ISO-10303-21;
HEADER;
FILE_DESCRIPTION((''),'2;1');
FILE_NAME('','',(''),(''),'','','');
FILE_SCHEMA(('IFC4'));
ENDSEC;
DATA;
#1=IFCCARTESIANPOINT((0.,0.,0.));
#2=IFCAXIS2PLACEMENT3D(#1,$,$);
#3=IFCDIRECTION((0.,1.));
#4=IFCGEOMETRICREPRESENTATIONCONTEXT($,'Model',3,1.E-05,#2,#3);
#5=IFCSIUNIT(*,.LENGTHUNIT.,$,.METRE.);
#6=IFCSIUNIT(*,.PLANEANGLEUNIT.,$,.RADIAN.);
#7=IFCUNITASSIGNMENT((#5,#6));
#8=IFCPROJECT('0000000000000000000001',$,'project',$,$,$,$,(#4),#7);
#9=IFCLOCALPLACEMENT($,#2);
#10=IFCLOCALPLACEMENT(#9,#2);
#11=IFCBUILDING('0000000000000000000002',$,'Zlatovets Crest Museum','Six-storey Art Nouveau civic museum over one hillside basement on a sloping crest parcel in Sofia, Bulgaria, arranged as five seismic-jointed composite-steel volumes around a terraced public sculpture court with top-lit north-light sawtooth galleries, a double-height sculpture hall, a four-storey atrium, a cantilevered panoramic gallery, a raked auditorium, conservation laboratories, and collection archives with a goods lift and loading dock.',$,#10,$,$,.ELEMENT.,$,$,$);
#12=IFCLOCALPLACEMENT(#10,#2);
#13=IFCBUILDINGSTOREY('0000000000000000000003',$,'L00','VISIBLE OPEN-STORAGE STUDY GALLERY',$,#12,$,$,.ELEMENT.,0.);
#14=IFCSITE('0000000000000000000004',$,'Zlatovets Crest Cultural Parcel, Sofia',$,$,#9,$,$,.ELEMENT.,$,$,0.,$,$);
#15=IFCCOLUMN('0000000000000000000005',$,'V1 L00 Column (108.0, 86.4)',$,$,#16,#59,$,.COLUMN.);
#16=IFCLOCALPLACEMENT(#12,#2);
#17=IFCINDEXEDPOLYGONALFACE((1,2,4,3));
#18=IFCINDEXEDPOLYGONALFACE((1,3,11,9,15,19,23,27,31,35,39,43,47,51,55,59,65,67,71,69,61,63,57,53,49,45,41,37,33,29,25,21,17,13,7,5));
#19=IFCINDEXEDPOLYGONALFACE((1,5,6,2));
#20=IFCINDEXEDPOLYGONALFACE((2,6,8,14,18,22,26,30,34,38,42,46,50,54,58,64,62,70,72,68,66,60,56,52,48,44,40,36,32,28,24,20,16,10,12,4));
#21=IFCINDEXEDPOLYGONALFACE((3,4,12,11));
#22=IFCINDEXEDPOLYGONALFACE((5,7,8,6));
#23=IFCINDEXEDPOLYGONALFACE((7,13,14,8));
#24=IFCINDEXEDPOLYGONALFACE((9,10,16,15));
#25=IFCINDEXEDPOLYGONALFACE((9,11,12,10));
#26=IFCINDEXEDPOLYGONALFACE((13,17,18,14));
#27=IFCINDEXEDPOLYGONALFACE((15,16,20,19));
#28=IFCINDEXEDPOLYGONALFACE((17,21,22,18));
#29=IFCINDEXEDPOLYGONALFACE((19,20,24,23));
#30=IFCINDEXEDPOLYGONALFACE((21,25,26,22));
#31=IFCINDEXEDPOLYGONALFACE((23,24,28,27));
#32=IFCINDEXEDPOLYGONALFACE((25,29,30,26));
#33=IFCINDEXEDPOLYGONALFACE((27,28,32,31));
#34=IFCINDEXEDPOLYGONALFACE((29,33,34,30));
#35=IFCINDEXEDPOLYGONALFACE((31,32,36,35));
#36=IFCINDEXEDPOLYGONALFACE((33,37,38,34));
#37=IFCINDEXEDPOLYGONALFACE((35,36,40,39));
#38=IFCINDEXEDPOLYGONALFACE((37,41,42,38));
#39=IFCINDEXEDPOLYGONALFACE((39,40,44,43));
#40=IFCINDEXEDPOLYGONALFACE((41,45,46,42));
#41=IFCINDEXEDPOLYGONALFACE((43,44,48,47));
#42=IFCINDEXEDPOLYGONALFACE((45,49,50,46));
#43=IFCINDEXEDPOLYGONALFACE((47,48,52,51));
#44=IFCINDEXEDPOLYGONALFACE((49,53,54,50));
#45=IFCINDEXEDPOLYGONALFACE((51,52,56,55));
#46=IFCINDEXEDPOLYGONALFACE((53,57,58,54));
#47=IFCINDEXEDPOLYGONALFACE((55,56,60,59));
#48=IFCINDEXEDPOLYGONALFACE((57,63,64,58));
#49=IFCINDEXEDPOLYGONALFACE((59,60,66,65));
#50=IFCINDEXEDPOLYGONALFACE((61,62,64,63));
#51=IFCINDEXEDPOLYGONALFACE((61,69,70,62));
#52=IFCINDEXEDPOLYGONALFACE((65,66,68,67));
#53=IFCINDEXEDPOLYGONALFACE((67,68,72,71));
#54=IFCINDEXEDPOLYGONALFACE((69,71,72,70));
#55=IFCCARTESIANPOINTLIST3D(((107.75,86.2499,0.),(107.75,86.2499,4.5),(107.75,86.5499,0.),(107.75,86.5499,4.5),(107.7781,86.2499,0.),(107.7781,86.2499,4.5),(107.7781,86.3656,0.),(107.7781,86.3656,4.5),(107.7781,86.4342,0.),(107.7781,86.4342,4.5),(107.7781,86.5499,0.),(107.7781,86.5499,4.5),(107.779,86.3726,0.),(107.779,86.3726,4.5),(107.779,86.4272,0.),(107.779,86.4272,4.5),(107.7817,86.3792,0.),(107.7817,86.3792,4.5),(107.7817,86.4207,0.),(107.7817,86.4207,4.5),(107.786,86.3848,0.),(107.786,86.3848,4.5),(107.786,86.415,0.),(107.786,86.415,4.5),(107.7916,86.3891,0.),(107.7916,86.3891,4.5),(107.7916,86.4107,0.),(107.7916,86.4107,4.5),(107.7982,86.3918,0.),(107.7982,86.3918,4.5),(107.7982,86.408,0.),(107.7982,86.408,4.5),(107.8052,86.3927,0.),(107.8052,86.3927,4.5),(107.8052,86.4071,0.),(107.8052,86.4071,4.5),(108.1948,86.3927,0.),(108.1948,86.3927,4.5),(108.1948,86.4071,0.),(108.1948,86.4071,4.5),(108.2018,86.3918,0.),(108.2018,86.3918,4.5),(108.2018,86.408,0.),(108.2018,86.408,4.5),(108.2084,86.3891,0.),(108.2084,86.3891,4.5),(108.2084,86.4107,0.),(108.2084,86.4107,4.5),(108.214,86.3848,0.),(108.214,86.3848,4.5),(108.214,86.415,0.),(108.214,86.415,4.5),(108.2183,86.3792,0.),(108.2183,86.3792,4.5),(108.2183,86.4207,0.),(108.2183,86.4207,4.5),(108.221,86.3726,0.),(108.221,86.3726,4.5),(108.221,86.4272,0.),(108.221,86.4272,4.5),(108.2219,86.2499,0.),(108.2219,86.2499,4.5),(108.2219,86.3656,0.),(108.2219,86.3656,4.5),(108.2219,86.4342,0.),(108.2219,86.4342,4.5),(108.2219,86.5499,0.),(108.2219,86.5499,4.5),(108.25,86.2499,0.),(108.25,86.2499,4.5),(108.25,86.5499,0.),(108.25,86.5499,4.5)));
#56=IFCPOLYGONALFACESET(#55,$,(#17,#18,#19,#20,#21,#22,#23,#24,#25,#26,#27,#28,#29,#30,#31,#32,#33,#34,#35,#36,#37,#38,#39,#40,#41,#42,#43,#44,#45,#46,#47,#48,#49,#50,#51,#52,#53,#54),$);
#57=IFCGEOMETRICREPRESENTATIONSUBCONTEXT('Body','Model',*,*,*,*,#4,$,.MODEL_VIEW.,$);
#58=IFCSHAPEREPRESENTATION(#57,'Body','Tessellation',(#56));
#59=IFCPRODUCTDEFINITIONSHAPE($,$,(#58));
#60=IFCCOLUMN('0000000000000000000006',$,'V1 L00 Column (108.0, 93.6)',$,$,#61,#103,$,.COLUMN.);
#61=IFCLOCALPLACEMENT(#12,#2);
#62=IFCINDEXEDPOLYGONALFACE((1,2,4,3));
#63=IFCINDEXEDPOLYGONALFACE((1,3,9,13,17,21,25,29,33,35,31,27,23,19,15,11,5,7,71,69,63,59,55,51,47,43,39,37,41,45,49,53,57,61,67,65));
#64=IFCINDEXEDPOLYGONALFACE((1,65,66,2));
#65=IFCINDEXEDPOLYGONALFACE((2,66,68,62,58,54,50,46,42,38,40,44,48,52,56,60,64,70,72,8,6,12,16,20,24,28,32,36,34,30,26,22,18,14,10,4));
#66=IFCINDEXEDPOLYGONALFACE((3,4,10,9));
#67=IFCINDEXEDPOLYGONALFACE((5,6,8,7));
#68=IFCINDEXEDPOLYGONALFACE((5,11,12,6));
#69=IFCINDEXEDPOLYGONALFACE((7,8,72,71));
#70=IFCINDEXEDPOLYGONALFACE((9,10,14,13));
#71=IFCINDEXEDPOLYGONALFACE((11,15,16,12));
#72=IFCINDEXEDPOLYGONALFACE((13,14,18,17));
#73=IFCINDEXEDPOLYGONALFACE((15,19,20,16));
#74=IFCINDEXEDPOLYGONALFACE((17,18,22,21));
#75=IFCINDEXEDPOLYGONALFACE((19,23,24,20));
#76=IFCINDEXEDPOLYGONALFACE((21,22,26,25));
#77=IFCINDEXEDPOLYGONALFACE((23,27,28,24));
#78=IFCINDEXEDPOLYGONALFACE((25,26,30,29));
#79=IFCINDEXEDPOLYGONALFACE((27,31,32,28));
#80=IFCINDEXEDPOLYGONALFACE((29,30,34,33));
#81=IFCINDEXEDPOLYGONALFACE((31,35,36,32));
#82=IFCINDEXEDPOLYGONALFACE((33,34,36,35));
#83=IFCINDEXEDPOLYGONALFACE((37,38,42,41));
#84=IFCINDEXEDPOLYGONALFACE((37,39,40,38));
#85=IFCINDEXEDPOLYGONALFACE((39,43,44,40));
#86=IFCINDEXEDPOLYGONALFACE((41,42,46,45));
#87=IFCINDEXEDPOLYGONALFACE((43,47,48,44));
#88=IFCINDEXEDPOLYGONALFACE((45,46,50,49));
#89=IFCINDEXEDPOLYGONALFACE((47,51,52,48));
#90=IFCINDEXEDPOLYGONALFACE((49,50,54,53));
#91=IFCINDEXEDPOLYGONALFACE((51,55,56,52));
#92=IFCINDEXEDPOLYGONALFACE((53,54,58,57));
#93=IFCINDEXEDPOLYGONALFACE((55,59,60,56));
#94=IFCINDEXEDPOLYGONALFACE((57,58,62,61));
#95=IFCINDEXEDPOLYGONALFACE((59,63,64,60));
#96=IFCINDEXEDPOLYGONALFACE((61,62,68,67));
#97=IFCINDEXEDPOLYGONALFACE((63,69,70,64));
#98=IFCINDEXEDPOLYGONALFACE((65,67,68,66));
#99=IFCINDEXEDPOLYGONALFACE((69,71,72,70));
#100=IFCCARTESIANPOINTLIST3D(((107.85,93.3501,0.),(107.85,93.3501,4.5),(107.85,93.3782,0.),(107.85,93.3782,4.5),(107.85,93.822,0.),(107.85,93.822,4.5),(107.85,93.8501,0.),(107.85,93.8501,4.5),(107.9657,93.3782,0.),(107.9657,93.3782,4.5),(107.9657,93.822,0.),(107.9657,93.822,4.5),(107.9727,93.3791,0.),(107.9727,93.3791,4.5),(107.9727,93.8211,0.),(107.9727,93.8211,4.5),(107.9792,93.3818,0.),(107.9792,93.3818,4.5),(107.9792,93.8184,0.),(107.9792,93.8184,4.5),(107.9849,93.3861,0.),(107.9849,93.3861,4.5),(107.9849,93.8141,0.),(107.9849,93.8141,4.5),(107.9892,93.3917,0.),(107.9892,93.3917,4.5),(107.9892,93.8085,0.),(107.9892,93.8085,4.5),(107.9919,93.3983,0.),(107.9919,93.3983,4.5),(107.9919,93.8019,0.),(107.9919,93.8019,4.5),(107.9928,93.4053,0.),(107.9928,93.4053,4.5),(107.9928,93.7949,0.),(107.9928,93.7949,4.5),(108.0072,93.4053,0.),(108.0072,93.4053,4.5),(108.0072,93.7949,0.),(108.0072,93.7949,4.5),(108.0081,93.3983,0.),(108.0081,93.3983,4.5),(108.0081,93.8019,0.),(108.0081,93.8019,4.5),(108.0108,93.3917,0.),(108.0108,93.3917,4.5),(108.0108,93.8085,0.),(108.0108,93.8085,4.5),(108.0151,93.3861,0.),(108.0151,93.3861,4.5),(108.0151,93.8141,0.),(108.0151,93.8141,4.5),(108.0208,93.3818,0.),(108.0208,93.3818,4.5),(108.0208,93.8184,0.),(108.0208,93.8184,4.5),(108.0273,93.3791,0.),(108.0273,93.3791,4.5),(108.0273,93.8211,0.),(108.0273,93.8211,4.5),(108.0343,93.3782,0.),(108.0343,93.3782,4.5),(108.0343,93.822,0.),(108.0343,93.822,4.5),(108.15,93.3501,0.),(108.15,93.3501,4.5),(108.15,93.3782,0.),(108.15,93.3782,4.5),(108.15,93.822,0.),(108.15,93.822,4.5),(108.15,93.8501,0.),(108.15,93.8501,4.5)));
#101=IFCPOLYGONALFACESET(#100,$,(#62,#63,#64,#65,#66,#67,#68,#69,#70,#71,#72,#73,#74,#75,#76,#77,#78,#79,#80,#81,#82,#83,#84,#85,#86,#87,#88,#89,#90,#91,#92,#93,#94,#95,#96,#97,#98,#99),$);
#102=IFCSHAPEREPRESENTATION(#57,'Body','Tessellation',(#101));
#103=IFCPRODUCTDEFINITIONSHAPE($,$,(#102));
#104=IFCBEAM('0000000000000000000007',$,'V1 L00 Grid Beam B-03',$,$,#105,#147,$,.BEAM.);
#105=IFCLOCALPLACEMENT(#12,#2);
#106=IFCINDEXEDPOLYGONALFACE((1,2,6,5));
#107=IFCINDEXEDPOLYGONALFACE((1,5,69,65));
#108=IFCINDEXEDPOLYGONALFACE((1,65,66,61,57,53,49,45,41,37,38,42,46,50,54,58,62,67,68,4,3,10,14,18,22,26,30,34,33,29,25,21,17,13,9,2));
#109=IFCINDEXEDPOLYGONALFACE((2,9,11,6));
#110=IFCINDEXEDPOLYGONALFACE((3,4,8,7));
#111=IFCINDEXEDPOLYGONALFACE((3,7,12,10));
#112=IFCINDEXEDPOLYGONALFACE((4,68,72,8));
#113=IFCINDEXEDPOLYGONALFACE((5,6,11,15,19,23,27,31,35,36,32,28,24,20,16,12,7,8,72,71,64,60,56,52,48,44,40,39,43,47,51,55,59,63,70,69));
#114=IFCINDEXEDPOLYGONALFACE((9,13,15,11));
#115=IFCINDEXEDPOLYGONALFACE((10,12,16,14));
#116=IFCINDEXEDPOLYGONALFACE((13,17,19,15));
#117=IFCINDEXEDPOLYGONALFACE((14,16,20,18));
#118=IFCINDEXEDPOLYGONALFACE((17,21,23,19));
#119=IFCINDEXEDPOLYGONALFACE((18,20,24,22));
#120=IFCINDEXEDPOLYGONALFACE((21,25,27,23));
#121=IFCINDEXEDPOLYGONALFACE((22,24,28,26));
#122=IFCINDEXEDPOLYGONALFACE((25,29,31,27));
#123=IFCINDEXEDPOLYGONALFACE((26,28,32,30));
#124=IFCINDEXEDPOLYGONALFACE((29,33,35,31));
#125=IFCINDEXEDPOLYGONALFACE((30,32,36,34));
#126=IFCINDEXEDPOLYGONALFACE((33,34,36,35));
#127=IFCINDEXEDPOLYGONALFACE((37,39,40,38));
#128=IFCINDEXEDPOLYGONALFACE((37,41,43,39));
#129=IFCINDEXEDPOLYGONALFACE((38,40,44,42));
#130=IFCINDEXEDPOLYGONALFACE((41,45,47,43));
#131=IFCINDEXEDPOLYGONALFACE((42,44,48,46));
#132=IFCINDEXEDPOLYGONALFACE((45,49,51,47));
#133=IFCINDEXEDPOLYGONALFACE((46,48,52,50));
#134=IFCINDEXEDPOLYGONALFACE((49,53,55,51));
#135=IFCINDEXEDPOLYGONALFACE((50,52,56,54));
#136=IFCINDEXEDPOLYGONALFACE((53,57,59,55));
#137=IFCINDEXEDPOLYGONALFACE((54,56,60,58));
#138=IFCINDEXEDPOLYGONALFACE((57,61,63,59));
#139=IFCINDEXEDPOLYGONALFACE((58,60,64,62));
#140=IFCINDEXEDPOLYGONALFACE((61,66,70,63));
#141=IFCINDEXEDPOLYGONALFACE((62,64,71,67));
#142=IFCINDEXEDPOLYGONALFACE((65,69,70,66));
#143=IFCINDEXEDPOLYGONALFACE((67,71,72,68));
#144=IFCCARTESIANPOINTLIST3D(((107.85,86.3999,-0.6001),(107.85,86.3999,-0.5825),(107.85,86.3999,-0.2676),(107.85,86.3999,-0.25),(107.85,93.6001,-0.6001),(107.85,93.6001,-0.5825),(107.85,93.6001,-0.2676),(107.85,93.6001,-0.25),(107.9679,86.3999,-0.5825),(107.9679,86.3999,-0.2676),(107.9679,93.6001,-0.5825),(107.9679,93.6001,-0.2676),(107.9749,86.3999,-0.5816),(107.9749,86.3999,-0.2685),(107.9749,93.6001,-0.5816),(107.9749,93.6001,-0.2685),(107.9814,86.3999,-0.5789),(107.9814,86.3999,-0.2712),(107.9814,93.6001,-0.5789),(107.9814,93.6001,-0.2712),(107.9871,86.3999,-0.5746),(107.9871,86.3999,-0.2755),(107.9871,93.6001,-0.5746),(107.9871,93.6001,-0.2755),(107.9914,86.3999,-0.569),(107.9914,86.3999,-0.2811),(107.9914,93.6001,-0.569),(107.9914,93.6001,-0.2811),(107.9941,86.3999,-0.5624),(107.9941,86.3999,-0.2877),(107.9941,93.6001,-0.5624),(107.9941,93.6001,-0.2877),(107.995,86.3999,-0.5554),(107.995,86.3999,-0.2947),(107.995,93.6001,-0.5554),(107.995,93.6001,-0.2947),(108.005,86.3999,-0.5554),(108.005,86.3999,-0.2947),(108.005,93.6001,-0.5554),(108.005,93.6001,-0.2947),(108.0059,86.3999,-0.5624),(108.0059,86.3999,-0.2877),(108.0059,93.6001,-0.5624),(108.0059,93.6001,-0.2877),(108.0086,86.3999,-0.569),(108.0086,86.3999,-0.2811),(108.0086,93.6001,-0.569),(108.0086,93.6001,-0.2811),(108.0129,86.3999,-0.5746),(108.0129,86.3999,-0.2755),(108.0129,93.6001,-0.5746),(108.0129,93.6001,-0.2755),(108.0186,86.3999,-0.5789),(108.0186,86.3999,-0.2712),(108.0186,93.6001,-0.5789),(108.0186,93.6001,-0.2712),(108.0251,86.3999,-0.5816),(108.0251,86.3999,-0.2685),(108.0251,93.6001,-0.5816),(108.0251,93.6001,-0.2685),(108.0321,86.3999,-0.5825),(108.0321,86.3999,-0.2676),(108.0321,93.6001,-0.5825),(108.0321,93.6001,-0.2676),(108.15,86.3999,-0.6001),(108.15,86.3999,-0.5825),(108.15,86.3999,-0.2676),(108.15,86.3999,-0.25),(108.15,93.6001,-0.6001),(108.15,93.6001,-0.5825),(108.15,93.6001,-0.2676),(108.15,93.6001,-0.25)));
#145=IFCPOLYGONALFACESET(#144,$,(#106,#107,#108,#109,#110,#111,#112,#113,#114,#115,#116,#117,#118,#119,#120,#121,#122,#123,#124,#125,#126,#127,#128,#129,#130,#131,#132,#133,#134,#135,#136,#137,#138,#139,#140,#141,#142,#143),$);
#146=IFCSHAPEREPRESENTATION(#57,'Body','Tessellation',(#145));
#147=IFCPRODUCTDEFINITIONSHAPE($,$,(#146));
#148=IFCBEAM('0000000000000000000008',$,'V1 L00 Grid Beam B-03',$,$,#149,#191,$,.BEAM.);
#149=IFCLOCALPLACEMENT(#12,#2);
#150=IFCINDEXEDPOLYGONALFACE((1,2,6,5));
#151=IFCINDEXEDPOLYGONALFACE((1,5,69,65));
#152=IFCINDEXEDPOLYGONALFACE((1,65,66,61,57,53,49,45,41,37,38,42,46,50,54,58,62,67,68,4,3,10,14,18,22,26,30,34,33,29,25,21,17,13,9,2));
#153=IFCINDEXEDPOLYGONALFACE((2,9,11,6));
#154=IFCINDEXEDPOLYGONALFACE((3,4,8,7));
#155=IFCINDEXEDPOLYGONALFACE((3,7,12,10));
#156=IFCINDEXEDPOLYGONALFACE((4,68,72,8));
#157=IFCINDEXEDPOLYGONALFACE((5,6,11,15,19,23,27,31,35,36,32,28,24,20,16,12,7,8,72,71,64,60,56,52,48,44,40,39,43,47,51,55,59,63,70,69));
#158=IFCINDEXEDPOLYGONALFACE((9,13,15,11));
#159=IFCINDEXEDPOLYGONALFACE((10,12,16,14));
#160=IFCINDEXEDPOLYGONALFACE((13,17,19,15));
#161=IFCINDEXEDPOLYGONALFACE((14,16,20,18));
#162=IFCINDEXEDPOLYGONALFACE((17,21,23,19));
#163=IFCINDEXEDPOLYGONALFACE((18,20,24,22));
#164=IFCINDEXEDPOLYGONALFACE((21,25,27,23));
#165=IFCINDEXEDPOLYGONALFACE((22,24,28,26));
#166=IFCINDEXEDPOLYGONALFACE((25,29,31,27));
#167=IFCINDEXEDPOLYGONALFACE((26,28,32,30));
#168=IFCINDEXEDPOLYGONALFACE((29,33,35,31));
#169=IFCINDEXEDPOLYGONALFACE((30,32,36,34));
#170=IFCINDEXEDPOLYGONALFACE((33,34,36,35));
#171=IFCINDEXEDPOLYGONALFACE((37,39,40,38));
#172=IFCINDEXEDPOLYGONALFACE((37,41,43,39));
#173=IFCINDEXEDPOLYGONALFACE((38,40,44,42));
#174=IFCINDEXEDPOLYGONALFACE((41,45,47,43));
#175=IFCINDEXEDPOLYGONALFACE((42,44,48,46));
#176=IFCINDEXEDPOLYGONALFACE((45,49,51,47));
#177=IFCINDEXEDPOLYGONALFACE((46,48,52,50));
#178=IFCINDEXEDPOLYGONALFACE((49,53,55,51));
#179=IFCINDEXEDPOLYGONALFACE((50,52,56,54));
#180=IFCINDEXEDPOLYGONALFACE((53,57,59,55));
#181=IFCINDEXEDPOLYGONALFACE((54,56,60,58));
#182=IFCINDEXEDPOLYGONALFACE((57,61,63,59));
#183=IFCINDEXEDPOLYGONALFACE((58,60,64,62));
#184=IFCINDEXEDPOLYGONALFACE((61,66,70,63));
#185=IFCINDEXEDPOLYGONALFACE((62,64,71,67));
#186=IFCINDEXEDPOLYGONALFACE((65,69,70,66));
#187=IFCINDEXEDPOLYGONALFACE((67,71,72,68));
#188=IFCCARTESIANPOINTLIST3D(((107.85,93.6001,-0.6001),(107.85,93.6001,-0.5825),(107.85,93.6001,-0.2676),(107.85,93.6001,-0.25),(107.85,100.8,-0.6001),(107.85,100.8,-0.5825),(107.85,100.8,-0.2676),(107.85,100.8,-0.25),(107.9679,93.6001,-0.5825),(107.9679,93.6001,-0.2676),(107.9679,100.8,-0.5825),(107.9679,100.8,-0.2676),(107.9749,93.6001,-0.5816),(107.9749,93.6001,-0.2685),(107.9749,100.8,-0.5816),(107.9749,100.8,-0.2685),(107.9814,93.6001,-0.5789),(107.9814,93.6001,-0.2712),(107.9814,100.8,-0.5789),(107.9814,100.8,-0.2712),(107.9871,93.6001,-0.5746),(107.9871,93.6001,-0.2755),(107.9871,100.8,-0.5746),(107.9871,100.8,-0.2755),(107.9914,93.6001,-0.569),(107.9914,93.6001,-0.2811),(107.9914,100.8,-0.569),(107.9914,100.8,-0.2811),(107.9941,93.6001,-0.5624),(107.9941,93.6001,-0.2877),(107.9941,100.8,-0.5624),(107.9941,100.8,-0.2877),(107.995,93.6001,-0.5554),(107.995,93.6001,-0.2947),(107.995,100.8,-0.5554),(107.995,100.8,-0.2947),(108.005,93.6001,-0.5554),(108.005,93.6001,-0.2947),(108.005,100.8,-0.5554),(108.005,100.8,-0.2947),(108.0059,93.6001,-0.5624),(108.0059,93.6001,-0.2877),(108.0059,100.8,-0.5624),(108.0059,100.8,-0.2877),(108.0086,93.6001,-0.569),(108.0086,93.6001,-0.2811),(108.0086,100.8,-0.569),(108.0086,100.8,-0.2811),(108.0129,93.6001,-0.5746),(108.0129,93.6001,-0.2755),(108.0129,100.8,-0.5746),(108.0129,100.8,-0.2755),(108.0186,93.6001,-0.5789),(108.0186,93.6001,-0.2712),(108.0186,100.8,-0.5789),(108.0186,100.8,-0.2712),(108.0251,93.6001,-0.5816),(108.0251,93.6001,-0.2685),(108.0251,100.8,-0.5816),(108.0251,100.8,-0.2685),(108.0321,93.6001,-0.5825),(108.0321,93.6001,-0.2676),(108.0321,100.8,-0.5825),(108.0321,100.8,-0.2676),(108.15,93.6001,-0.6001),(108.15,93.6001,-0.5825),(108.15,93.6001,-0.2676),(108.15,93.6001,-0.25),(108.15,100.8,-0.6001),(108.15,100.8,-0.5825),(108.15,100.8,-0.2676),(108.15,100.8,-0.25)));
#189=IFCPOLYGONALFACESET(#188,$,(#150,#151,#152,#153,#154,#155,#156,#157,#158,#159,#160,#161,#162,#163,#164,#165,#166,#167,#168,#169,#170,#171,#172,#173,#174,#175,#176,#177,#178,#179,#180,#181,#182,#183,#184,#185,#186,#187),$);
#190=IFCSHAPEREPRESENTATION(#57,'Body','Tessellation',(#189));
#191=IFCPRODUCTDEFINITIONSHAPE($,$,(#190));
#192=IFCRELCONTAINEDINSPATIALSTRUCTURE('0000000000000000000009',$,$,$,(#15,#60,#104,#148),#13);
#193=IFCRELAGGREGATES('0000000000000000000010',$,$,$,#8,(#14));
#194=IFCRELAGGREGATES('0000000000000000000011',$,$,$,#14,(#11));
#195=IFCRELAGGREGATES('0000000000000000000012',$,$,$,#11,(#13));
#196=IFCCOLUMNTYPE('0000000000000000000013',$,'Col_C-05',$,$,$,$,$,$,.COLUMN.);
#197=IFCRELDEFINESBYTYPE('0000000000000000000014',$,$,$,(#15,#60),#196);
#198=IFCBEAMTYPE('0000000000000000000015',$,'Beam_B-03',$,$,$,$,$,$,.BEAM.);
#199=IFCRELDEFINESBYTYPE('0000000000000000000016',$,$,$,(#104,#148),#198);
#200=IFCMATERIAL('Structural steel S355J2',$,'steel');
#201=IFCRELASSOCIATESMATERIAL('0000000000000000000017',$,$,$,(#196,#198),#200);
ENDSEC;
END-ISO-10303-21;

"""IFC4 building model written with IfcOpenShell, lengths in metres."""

from ifc_helpers import new_model, si_unit, direction, frame, origin, origin_2d, place, context, subcontext, project, spatial, i_section, extrude, material, material_profile, profile_set, type_object, element, save


model = new_model("IFC4")

# Units and contexts
model_context = context("Model", 3, precision=1e-05, world=origin(), true_north=direction((0.0, 1.0)))
body_context = subcontext(model_context, "Body", "Model", "MODEL_VIEW")
ifc_project = project(units=[si_unit("LENGTHUNIT", "METRE"), si_unit("PLANEANGLEUNIT", "RADIAN")], contexts=[model_context])

# Site, building, storey
site_placement = place(None, origin())
site = spatial("IfcSite", under=ifc_project, at=site_placement, Name="Zlatovets Crest Cultural Parcel, Sofia", CompositionType="ELEMENT", RefElevation=0.0)
building_placement = place(site_placement, origin())
building = spatial("IfcBuilding", under=site, at=building_placement, Name="Zlatovets Crest Museum", Description="Six-storey Art Nouveau civic museum over one hillside basement on a sloping crest parcel in Sofia, Bulgaria, arranged as five seismic-jointed composite-steel volumes around a terraced public sculpture court with top-lit north-light sawtooth galleries, a double-height sculpture hall, a four-storey atrium, a cantilevered panoramic gallery, a raked auditorium, conservation laboratories, and collection archives with a goods lift and loading dock.", CompositionType="ELEMENT")
storey_placement = place(building_placement, origin())
storey = spatial("IfcBuildingStorey", under=building, at=storey_placement, Name="L00", Description="VISIBLE OPEN-STORAGE STUDY GALLERY", CompositionType="ELEMENT", Elevation=0.0)

# Columns
ifc_material_1 = material(Name="Structural steel S355J2", Category="steel")
ifc_material_profile_1 = material_profile(ifc_material_1, i_section(OverallWidth=0.3, OverallDepth=0.5, WebThickness=0.0144, FlangeThickness=0.0281, FilletRadius=0.0271, at=origin_2d()), Name="HEB 500")
ifc_profile_set_1 = profile_set([ifc_material_profile_1], Name="Structural steel S355J2")
column_type = type_object("IfcColumnType", Name="Col_C-05", PredefinedType="COLUMN", material=ifc_profile_set_1)
for number, where, z_axis, x_axis, name in (
    (1, (108.0, 86.3999, 0.0), (0.0, 0.0, 1.0), (0.0, 1.0, 0.0), "V1 L00 Column (108.0, 86.4)"),
    (2, (108.0, 93.6001, 0.0), (0.0, 0.0, 1.0), (1.0, 0.0, 0.0), "V1 L00 Column (108.0, 93.6)"),
):
    element("IfcColumn", number, at=place(storey_placement, frame(where, z_axis=z_axis, x_axis=x_axis)), inside=storey, type_object=column_type, Name=name, PredefinedType="COLUMN", context=body_context, shape_type="SweptSolid", body=[
        extrude(i_section(OverallWidth=0.3, OverallDepth=0.5, WebThickness=0.0144, FlangeThickness=0.0281, FilletRadius=0.0271, at=origin_2d()), origin(), (0.0, 0.0, 1.0), 4.5),
    ])

# Beams
ifc_material_profile_2 = material_profile(ifc_material_1, i_section(OverallWidth=0.3, OverallDepth=0.3501, WebThickness=0.01, FlangeThickness=0.0176, FilletRadius=0.0271, at=origin_2d()), Name="HEA 360")
ifc_profile_set_2 = profile_set([ifc_material_profile_2], Name="Structural steel S355J2")
beam_type_1 = type_object("IfcBeamType", Name="Beam_B-03", PredefinedType="BEAM", material=ifc_profile_set_2)
beam_1_placement = place(storey_placement, frame((108.0, 86.3999, -0.425), z_axis=(0.0, 1.0, 0.0), x_axis=(-1.0, 0.0, 0.0)))
element("IfcBeam", 3, at=beam_1_placement, inside=storey, type_object=beam_type_1, Name="V1 L00 Grid Beam B-03", PredefinedType="BEAM", context=body_context, shape_type="SweptSolid", body=[
    extrude(i_section(OverallWidth=0.3, OverallDepth=0.3501, WebThickness=0.01, FlangeThickness=0.0176, FilletRadius=0.0271, at=origin_2d()), origin(), (0.0, 0.0, 1.0), 7.2002),
])
for number, where, z_axis, x_axis, name in (
    (4, (108.0, 93.6001, -0.425), (0.0, 1.0, 0.0), (-1.0, 0.0, 0.0), "V1 L00 Grid Beam B-03"),
):
    element("IfcBeam", number, at=place(storey_placement, frame(where, z_axis=z_axis, x_axis=x_axis)), inside=storey, type_object=beam_type_1, Name=name, PredefinedType="BEAM", context=body_context, shape_type="SweptSolid", body=[
        extrude(i_section(OverallWidth=0.3, OverallDepth=0.3501, WebThickness=0.01, FlangeThickness=0.0176, FilletRadius=0.0271, at=origin_2d()), origin(), (0.0, 0.0, 1.0), 7.2),
    ])

save(model, "model.ifc")
